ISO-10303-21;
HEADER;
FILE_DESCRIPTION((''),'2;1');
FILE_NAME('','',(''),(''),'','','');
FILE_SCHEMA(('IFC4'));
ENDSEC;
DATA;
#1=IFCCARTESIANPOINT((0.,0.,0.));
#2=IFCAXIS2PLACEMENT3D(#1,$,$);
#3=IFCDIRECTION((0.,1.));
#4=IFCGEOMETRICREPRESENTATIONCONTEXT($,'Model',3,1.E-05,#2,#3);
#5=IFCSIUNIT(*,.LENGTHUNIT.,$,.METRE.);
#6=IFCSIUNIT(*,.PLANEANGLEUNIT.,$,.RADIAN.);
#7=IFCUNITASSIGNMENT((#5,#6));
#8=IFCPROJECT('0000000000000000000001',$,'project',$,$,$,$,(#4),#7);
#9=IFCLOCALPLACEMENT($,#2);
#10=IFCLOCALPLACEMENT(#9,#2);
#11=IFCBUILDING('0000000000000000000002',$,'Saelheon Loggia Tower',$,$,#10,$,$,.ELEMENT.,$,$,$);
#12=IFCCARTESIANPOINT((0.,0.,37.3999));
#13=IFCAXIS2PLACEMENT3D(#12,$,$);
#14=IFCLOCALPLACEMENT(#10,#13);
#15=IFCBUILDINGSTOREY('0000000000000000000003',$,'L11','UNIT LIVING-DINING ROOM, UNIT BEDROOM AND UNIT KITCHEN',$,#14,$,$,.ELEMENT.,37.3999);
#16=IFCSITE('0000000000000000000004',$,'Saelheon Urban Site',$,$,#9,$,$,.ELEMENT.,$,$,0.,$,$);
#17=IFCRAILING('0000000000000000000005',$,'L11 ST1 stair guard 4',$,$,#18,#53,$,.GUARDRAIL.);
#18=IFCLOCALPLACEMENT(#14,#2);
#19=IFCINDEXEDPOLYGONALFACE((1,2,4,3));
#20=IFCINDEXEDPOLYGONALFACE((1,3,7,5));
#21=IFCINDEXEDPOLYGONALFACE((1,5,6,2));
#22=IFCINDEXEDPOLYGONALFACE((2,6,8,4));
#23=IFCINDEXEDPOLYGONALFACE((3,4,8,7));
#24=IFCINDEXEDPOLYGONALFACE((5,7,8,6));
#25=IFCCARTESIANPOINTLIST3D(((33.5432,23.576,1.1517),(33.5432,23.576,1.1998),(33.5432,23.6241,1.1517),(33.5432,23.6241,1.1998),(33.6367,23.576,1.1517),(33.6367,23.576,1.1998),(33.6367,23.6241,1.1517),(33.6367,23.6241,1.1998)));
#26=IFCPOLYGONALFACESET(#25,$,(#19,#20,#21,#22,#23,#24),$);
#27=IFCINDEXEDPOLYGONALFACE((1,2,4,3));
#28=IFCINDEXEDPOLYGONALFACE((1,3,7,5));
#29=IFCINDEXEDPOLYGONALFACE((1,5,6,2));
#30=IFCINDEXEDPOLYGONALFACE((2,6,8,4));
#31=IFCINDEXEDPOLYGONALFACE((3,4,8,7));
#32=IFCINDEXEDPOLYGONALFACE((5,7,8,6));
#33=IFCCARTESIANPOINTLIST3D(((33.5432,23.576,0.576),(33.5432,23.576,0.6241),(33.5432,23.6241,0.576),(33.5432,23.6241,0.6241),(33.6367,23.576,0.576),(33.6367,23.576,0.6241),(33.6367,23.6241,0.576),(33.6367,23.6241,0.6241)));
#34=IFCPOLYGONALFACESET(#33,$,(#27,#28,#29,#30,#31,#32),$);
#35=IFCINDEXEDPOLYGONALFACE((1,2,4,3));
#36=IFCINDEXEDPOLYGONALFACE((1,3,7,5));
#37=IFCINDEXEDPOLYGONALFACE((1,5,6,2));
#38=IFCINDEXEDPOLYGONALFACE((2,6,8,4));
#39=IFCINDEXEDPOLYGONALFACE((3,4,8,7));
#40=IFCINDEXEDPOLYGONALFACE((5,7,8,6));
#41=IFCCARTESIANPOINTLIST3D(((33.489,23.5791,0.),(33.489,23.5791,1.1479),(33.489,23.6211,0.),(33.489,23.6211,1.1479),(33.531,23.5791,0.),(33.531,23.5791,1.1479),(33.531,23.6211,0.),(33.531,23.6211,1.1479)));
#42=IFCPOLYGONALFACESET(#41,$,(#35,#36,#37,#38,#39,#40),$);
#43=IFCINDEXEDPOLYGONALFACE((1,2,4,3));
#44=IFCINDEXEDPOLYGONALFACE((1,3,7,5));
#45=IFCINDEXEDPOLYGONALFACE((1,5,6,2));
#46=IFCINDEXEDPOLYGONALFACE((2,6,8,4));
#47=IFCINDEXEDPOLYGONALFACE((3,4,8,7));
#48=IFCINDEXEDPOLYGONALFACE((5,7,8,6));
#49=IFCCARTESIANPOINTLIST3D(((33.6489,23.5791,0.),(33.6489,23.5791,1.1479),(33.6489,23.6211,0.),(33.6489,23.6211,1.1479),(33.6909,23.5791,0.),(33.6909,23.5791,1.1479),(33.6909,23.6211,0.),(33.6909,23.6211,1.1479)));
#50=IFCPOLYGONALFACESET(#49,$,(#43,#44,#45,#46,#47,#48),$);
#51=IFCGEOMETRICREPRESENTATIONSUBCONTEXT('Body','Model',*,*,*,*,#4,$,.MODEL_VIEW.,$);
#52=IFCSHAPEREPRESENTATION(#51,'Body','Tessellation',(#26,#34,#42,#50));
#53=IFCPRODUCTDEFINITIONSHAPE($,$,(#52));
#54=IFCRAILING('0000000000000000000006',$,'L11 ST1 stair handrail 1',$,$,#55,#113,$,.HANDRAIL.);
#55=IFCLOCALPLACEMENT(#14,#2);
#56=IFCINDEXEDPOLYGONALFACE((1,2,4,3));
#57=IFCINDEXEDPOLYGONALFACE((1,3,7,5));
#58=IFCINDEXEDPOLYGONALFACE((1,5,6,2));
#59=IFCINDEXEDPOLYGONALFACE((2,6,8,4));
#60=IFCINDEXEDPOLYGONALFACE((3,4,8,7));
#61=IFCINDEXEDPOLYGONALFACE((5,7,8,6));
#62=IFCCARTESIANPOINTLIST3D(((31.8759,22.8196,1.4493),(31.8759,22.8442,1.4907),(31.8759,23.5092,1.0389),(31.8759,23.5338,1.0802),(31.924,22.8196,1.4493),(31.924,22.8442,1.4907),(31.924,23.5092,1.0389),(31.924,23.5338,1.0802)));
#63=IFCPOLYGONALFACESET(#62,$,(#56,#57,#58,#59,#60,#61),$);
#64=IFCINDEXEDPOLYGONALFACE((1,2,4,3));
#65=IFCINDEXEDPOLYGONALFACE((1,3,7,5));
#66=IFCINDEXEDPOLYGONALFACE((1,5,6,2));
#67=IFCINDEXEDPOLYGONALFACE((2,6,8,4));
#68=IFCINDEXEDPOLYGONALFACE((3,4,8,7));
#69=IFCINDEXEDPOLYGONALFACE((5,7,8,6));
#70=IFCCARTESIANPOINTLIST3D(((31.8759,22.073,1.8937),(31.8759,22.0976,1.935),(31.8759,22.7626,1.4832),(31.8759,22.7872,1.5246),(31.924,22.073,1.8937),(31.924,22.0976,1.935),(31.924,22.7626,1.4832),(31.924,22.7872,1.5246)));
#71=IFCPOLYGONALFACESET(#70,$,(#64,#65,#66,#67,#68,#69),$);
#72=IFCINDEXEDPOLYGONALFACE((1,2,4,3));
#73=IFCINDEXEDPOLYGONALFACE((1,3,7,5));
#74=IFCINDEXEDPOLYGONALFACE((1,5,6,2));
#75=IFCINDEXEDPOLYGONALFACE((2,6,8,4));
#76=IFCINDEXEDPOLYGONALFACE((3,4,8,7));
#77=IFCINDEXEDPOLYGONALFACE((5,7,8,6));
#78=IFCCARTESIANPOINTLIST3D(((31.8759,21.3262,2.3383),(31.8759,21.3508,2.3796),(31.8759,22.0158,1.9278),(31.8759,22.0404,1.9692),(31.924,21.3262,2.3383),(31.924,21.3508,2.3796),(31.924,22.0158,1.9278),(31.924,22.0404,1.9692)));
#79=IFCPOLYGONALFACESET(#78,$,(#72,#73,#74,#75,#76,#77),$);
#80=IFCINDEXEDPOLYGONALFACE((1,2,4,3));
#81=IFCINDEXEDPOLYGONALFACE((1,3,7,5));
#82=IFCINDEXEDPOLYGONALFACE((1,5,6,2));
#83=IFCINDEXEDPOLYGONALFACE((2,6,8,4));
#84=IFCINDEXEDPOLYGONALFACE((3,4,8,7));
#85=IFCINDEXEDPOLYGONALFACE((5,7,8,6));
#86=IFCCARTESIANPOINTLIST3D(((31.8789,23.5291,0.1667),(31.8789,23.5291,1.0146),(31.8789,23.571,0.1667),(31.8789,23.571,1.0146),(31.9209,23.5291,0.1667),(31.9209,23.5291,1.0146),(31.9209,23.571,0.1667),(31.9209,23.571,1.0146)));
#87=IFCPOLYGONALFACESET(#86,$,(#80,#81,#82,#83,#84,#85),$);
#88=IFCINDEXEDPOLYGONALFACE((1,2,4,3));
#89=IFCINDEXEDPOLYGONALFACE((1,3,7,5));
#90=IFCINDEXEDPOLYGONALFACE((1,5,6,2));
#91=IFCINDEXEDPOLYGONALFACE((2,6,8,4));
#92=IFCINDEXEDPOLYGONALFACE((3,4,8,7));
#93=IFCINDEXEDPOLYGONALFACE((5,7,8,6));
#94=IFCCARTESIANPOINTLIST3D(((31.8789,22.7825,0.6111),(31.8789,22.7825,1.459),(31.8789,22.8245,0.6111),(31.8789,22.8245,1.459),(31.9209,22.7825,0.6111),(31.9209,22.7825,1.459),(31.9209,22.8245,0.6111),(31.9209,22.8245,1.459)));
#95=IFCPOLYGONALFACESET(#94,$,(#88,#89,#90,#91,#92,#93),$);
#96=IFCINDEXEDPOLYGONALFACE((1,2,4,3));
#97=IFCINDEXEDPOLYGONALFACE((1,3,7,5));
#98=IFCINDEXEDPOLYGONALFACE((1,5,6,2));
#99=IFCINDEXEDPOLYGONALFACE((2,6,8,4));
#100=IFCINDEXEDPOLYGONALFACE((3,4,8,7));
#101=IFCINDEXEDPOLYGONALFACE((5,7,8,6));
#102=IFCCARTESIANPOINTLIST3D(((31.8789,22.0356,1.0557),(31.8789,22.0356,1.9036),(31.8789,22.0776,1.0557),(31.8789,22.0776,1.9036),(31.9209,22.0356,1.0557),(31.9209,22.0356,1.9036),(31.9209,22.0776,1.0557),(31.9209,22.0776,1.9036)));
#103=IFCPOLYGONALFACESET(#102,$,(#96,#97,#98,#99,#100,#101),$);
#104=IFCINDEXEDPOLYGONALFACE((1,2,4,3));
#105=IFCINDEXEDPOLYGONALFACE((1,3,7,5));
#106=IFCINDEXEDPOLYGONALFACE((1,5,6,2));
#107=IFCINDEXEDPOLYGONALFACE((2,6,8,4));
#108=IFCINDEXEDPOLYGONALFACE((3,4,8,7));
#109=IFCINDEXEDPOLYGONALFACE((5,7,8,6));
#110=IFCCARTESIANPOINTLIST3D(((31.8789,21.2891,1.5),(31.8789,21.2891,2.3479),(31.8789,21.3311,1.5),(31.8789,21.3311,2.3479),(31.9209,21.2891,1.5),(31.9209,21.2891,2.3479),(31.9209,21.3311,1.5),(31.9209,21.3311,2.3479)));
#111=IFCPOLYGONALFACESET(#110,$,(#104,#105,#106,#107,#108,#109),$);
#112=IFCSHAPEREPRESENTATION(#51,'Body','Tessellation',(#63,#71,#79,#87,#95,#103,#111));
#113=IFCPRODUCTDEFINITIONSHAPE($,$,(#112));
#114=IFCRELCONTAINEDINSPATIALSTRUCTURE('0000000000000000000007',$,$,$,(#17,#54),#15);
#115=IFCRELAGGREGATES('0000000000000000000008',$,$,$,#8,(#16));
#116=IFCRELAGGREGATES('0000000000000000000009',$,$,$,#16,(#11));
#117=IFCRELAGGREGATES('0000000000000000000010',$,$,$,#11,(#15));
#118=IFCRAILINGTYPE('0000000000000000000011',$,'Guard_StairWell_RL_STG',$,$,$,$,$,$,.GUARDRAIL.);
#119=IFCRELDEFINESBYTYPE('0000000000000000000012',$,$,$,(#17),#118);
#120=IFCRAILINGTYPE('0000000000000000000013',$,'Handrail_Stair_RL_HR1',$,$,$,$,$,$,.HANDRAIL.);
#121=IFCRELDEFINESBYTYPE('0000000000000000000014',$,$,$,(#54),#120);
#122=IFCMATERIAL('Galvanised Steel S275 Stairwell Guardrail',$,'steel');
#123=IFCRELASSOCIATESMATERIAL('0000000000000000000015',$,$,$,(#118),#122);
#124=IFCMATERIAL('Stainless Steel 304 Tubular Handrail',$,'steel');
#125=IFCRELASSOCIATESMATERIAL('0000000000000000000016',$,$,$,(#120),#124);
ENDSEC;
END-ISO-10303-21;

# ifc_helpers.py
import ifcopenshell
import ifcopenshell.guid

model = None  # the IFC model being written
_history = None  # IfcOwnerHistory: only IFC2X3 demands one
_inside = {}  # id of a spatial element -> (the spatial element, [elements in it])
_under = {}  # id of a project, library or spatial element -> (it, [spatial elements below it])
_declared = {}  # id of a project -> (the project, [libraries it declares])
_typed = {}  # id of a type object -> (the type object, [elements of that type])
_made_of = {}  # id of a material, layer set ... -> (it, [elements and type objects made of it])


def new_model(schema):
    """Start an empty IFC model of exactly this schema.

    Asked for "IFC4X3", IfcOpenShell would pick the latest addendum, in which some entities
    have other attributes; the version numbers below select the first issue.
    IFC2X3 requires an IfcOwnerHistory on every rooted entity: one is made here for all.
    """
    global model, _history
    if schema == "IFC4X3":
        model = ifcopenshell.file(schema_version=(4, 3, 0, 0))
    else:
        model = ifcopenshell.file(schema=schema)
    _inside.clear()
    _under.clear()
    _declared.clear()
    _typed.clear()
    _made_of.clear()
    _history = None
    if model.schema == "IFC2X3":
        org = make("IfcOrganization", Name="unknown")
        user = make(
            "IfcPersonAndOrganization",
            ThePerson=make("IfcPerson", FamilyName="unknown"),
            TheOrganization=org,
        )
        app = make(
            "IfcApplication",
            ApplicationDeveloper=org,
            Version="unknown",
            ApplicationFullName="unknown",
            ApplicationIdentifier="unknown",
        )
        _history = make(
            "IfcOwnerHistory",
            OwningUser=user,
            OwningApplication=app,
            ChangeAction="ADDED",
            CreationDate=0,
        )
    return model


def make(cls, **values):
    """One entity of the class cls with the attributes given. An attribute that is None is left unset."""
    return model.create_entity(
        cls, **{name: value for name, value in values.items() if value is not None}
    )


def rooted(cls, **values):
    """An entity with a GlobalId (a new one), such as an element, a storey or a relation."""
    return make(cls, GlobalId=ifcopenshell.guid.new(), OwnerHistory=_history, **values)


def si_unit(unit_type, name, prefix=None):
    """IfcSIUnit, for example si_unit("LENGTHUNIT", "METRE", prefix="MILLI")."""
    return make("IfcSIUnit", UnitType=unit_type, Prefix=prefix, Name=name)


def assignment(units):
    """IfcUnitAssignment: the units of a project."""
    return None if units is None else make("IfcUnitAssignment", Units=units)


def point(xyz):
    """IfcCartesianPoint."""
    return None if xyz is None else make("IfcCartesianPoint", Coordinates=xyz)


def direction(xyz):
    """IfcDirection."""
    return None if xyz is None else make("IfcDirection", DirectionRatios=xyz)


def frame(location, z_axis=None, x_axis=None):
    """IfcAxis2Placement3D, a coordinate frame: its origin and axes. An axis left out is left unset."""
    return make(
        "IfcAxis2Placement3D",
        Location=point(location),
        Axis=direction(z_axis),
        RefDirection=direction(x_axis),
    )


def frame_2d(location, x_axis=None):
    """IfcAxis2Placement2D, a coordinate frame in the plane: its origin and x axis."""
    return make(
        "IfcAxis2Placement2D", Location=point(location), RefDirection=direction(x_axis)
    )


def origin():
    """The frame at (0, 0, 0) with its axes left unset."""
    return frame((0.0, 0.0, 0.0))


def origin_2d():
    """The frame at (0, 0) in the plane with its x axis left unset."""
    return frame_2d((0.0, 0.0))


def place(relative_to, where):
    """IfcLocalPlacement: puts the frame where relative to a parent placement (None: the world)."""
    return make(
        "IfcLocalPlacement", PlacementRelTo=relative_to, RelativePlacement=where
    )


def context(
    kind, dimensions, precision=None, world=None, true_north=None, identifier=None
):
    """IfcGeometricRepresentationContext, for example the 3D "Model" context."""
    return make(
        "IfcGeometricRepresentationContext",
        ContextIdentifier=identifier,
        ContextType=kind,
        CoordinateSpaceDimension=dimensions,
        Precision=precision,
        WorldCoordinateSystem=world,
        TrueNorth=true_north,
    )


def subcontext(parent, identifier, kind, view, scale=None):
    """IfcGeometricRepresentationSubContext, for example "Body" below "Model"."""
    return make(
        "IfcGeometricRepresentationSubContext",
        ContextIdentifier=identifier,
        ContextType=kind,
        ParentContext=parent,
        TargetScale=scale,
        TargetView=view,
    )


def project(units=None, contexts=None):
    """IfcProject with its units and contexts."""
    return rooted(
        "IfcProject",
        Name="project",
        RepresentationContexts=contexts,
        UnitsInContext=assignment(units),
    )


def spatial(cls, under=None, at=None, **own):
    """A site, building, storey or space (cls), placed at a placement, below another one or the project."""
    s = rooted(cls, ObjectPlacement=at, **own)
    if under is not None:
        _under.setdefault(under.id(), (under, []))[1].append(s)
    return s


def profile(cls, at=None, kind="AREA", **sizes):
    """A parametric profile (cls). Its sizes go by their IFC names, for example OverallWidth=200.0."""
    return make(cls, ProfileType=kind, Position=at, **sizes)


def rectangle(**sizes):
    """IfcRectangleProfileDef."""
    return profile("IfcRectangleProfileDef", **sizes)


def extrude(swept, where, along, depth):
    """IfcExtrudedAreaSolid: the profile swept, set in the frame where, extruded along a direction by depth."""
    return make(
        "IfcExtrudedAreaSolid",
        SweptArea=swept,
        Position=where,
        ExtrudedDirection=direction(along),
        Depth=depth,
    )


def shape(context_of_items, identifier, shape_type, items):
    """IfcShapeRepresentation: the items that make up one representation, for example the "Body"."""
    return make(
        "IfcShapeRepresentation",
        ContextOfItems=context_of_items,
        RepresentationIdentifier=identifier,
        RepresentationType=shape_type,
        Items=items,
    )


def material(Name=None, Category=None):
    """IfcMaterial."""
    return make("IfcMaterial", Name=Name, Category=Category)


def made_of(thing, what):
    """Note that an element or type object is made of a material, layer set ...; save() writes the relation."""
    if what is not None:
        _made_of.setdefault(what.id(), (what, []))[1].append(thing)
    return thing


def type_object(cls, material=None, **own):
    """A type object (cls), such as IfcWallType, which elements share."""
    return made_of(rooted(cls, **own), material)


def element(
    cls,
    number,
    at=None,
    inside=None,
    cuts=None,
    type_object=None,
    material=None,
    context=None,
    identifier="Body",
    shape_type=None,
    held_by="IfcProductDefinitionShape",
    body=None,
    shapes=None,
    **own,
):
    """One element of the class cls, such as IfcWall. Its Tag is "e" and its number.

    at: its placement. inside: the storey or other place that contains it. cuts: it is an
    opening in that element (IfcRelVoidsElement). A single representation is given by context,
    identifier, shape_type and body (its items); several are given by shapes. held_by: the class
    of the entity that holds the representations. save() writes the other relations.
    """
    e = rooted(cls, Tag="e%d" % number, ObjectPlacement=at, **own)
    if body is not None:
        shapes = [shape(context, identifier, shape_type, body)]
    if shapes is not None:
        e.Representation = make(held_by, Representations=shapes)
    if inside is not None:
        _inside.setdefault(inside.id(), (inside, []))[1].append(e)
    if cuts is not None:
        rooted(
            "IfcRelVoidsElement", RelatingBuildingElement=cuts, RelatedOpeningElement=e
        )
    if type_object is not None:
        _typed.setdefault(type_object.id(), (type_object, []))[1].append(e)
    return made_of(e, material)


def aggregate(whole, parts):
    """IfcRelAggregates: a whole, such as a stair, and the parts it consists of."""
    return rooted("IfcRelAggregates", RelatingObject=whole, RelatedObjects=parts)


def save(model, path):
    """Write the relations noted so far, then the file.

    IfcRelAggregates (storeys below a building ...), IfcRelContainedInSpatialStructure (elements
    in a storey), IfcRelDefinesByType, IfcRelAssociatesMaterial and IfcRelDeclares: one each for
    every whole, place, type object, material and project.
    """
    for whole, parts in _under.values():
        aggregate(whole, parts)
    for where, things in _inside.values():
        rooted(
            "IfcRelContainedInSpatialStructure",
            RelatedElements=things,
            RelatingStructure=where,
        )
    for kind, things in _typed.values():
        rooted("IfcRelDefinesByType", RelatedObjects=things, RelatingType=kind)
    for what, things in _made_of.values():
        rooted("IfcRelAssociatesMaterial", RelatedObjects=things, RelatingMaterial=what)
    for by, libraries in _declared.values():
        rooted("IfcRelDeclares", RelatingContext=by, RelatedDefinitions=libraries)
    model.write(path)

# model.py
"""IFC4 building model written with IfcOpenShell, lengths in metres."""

from ifc_helpers import new_model, si_unit, direction, frame, origin, origin_2d, place, context, subcontext, project, spatial, rectangle, extrude, material, type_object, element, save


model = new_model("IFC4")

# Units and contexts
model_context = context("Model", 3, precision=1e-05, world=origin(), true_north=direction((0.0, 1.0)))
body_context = subcontext(model_context, "Body", "Model", "MODEL_VIEW")
ifc_project = project(units=[si_unit("LENGTHUNIT", "METRE"), si_unit("PLANEANGLEUNIT", "RADIAN")], contexts=[model_context])

# Site, building, storey
site_placement = place(None, origin())
site = spatial("IfcSite", under=ifc_project, at=site_placement, Name="Saelheon Urban Site", CompositionType="ELEMENT", RefElevation=0.0)
building_placement = place(site_placement, origin())
building = spatial("IfcBuilding", under=site, at=building_placement, Name="Saelheon Loggia Tower", CompositionType="ELEMENT")
storey_placement = place(building_placement, frame((0.0, 0.0, 37.3999)))
storey = spatial("IfcBuildingStorey", under=building, at=storey_placement, Name="L11", Description="UNIT LIVING-DINING ROOM, UNIT BEDROOM AND UNIT KITCHEN", CompositionType="ELEMENT", Elevation=37.3999)

# Railings
ifc_material_1 = material(Name="Galvanised Steel S275 Stairwell Guardrail", Category="steel")
railing_type_1 = type_object("IfcRailingType", Name="Guard_StairWell_RL_STG", PredefinedType="GUARDRAIL", material=ifc_material_1)
railing_1_placement = place(storey_placement, frame((33.51, 23.6001, 0.0)))
element("IfcRailing", 1, at=railing_1_placement, inside=storey, type_object=railing_type_1, Name="L11 ST1 stair guard 4", PredefinedType="GUARDRAIL", context=body_context, shape_type="SweptSolid", body=[
    extrude(rectangle(XDim=0.0481, YDim=0.0481, at=origin_2d()), frame((0.0332, 0.0, 1.1758), z_axis=(1.0, 0.0, 0.0), x_axis=(0.0, 1.0, 0.0)), (0.0, 0.0, 1.0), 0.0935),
    extrude(rectangle(XDim=0.0481, YDim=0.0481, at=origin_2d()), frame((0.0332, 0.0, 0.6001), z_axis=(1.0, 0.0, 0.0), x_axis=(0.0, 1.0, 0.0)), (0.0, 0.0, 1.0), 0.0935),
    extrude(rectangle(XDim=0.042, YDim=0.042, at=origin_2d()), origin(), (0.0, 0.0, 1.0), 1.1479),
    extrude(rectangle(XDim=0.042, YDim=0.042, at=origin_2d()), frame((0.1599, 0.0, 0.0)), (0.0, 0.0, 1.0), 1.1479),
])
ifc_material_2 = material(Name="Stainless Steel 304 Tubular Handrail", Category="steel")
railing_type_2 = type_object("IfcRailingType", Name="Handrail_Stair_RL_HR1", PredefinedType="HANDRAIL", material=ifc_material_2)
railing_2_placement = place(storey_placement, frame((31.8999, 23.55, 0.1667)))
element("IfcRailing", 2, at=railing_2_placement, inside=storey, type_object=railing_type_2, Name="L11 ST1 stair handrail 1", PredefinedType="HANDRAIL", context=body_context, shape_type="SweptSolid", body=[
    extrude(rectangle(XDim=0.0481, YDim=0.0481, at=origin_2d()), frame((0.0, -0.0286, 0.8928), z_axis=(0.0, -0.859306, 0.511462), x_axis=(1.0, 0.0, 0.0)), (0.0, 0.0, 1.0), 0.8025),
    extrude(rectangle(XDim=0.0481, YDim=0.0481, at=origin_2d()), frame((0.0, -0.7751, 1.3372), z_axis=(0.0, -0.859306, 0.511462), x_axis=(1.0, 0.0, 0.0)), (0.0, 0.0, 1.0), 0.8025),
    extrude(rectangle(XDim=0.0481, YDim=0.0481, at=origin_2d()), frame((0.0, -1.522, 1.7817), z_axis=(0.0, -0.859306, 0.511462), x_axis=(1.0, 0.0, 0.0)), (0.0, 0.0, 1.0), 0.8025),
    extrude(rectangle(XDim=0.042, YDim=0.042, at=origin_2d()), origin(), (0.0, 0.0, 1.0), 0.8479),
    extrude(rectangle(XDim=0.042, YDim=0.042, at=origin_2d()), frame((0.0, -0.7466, 0.4443)), (0.0, 0.0, 1.0), 0.8479),
    extrude(rectangle(XDim=0.042, YDim=0.042, at=origin_2d()), frame((0.0, -1.4934, 0.8889)), (0.0, 0.0, 1.0), 0.8479),
    extrude(rectangle(XDim=0.042, YDim=0.042, at=origin_2d()), frame((0.0, -2.24, 1.3333)), (0.0, 0.0, 1.0), 0.8479),
])

save(model, "model.ifc")
